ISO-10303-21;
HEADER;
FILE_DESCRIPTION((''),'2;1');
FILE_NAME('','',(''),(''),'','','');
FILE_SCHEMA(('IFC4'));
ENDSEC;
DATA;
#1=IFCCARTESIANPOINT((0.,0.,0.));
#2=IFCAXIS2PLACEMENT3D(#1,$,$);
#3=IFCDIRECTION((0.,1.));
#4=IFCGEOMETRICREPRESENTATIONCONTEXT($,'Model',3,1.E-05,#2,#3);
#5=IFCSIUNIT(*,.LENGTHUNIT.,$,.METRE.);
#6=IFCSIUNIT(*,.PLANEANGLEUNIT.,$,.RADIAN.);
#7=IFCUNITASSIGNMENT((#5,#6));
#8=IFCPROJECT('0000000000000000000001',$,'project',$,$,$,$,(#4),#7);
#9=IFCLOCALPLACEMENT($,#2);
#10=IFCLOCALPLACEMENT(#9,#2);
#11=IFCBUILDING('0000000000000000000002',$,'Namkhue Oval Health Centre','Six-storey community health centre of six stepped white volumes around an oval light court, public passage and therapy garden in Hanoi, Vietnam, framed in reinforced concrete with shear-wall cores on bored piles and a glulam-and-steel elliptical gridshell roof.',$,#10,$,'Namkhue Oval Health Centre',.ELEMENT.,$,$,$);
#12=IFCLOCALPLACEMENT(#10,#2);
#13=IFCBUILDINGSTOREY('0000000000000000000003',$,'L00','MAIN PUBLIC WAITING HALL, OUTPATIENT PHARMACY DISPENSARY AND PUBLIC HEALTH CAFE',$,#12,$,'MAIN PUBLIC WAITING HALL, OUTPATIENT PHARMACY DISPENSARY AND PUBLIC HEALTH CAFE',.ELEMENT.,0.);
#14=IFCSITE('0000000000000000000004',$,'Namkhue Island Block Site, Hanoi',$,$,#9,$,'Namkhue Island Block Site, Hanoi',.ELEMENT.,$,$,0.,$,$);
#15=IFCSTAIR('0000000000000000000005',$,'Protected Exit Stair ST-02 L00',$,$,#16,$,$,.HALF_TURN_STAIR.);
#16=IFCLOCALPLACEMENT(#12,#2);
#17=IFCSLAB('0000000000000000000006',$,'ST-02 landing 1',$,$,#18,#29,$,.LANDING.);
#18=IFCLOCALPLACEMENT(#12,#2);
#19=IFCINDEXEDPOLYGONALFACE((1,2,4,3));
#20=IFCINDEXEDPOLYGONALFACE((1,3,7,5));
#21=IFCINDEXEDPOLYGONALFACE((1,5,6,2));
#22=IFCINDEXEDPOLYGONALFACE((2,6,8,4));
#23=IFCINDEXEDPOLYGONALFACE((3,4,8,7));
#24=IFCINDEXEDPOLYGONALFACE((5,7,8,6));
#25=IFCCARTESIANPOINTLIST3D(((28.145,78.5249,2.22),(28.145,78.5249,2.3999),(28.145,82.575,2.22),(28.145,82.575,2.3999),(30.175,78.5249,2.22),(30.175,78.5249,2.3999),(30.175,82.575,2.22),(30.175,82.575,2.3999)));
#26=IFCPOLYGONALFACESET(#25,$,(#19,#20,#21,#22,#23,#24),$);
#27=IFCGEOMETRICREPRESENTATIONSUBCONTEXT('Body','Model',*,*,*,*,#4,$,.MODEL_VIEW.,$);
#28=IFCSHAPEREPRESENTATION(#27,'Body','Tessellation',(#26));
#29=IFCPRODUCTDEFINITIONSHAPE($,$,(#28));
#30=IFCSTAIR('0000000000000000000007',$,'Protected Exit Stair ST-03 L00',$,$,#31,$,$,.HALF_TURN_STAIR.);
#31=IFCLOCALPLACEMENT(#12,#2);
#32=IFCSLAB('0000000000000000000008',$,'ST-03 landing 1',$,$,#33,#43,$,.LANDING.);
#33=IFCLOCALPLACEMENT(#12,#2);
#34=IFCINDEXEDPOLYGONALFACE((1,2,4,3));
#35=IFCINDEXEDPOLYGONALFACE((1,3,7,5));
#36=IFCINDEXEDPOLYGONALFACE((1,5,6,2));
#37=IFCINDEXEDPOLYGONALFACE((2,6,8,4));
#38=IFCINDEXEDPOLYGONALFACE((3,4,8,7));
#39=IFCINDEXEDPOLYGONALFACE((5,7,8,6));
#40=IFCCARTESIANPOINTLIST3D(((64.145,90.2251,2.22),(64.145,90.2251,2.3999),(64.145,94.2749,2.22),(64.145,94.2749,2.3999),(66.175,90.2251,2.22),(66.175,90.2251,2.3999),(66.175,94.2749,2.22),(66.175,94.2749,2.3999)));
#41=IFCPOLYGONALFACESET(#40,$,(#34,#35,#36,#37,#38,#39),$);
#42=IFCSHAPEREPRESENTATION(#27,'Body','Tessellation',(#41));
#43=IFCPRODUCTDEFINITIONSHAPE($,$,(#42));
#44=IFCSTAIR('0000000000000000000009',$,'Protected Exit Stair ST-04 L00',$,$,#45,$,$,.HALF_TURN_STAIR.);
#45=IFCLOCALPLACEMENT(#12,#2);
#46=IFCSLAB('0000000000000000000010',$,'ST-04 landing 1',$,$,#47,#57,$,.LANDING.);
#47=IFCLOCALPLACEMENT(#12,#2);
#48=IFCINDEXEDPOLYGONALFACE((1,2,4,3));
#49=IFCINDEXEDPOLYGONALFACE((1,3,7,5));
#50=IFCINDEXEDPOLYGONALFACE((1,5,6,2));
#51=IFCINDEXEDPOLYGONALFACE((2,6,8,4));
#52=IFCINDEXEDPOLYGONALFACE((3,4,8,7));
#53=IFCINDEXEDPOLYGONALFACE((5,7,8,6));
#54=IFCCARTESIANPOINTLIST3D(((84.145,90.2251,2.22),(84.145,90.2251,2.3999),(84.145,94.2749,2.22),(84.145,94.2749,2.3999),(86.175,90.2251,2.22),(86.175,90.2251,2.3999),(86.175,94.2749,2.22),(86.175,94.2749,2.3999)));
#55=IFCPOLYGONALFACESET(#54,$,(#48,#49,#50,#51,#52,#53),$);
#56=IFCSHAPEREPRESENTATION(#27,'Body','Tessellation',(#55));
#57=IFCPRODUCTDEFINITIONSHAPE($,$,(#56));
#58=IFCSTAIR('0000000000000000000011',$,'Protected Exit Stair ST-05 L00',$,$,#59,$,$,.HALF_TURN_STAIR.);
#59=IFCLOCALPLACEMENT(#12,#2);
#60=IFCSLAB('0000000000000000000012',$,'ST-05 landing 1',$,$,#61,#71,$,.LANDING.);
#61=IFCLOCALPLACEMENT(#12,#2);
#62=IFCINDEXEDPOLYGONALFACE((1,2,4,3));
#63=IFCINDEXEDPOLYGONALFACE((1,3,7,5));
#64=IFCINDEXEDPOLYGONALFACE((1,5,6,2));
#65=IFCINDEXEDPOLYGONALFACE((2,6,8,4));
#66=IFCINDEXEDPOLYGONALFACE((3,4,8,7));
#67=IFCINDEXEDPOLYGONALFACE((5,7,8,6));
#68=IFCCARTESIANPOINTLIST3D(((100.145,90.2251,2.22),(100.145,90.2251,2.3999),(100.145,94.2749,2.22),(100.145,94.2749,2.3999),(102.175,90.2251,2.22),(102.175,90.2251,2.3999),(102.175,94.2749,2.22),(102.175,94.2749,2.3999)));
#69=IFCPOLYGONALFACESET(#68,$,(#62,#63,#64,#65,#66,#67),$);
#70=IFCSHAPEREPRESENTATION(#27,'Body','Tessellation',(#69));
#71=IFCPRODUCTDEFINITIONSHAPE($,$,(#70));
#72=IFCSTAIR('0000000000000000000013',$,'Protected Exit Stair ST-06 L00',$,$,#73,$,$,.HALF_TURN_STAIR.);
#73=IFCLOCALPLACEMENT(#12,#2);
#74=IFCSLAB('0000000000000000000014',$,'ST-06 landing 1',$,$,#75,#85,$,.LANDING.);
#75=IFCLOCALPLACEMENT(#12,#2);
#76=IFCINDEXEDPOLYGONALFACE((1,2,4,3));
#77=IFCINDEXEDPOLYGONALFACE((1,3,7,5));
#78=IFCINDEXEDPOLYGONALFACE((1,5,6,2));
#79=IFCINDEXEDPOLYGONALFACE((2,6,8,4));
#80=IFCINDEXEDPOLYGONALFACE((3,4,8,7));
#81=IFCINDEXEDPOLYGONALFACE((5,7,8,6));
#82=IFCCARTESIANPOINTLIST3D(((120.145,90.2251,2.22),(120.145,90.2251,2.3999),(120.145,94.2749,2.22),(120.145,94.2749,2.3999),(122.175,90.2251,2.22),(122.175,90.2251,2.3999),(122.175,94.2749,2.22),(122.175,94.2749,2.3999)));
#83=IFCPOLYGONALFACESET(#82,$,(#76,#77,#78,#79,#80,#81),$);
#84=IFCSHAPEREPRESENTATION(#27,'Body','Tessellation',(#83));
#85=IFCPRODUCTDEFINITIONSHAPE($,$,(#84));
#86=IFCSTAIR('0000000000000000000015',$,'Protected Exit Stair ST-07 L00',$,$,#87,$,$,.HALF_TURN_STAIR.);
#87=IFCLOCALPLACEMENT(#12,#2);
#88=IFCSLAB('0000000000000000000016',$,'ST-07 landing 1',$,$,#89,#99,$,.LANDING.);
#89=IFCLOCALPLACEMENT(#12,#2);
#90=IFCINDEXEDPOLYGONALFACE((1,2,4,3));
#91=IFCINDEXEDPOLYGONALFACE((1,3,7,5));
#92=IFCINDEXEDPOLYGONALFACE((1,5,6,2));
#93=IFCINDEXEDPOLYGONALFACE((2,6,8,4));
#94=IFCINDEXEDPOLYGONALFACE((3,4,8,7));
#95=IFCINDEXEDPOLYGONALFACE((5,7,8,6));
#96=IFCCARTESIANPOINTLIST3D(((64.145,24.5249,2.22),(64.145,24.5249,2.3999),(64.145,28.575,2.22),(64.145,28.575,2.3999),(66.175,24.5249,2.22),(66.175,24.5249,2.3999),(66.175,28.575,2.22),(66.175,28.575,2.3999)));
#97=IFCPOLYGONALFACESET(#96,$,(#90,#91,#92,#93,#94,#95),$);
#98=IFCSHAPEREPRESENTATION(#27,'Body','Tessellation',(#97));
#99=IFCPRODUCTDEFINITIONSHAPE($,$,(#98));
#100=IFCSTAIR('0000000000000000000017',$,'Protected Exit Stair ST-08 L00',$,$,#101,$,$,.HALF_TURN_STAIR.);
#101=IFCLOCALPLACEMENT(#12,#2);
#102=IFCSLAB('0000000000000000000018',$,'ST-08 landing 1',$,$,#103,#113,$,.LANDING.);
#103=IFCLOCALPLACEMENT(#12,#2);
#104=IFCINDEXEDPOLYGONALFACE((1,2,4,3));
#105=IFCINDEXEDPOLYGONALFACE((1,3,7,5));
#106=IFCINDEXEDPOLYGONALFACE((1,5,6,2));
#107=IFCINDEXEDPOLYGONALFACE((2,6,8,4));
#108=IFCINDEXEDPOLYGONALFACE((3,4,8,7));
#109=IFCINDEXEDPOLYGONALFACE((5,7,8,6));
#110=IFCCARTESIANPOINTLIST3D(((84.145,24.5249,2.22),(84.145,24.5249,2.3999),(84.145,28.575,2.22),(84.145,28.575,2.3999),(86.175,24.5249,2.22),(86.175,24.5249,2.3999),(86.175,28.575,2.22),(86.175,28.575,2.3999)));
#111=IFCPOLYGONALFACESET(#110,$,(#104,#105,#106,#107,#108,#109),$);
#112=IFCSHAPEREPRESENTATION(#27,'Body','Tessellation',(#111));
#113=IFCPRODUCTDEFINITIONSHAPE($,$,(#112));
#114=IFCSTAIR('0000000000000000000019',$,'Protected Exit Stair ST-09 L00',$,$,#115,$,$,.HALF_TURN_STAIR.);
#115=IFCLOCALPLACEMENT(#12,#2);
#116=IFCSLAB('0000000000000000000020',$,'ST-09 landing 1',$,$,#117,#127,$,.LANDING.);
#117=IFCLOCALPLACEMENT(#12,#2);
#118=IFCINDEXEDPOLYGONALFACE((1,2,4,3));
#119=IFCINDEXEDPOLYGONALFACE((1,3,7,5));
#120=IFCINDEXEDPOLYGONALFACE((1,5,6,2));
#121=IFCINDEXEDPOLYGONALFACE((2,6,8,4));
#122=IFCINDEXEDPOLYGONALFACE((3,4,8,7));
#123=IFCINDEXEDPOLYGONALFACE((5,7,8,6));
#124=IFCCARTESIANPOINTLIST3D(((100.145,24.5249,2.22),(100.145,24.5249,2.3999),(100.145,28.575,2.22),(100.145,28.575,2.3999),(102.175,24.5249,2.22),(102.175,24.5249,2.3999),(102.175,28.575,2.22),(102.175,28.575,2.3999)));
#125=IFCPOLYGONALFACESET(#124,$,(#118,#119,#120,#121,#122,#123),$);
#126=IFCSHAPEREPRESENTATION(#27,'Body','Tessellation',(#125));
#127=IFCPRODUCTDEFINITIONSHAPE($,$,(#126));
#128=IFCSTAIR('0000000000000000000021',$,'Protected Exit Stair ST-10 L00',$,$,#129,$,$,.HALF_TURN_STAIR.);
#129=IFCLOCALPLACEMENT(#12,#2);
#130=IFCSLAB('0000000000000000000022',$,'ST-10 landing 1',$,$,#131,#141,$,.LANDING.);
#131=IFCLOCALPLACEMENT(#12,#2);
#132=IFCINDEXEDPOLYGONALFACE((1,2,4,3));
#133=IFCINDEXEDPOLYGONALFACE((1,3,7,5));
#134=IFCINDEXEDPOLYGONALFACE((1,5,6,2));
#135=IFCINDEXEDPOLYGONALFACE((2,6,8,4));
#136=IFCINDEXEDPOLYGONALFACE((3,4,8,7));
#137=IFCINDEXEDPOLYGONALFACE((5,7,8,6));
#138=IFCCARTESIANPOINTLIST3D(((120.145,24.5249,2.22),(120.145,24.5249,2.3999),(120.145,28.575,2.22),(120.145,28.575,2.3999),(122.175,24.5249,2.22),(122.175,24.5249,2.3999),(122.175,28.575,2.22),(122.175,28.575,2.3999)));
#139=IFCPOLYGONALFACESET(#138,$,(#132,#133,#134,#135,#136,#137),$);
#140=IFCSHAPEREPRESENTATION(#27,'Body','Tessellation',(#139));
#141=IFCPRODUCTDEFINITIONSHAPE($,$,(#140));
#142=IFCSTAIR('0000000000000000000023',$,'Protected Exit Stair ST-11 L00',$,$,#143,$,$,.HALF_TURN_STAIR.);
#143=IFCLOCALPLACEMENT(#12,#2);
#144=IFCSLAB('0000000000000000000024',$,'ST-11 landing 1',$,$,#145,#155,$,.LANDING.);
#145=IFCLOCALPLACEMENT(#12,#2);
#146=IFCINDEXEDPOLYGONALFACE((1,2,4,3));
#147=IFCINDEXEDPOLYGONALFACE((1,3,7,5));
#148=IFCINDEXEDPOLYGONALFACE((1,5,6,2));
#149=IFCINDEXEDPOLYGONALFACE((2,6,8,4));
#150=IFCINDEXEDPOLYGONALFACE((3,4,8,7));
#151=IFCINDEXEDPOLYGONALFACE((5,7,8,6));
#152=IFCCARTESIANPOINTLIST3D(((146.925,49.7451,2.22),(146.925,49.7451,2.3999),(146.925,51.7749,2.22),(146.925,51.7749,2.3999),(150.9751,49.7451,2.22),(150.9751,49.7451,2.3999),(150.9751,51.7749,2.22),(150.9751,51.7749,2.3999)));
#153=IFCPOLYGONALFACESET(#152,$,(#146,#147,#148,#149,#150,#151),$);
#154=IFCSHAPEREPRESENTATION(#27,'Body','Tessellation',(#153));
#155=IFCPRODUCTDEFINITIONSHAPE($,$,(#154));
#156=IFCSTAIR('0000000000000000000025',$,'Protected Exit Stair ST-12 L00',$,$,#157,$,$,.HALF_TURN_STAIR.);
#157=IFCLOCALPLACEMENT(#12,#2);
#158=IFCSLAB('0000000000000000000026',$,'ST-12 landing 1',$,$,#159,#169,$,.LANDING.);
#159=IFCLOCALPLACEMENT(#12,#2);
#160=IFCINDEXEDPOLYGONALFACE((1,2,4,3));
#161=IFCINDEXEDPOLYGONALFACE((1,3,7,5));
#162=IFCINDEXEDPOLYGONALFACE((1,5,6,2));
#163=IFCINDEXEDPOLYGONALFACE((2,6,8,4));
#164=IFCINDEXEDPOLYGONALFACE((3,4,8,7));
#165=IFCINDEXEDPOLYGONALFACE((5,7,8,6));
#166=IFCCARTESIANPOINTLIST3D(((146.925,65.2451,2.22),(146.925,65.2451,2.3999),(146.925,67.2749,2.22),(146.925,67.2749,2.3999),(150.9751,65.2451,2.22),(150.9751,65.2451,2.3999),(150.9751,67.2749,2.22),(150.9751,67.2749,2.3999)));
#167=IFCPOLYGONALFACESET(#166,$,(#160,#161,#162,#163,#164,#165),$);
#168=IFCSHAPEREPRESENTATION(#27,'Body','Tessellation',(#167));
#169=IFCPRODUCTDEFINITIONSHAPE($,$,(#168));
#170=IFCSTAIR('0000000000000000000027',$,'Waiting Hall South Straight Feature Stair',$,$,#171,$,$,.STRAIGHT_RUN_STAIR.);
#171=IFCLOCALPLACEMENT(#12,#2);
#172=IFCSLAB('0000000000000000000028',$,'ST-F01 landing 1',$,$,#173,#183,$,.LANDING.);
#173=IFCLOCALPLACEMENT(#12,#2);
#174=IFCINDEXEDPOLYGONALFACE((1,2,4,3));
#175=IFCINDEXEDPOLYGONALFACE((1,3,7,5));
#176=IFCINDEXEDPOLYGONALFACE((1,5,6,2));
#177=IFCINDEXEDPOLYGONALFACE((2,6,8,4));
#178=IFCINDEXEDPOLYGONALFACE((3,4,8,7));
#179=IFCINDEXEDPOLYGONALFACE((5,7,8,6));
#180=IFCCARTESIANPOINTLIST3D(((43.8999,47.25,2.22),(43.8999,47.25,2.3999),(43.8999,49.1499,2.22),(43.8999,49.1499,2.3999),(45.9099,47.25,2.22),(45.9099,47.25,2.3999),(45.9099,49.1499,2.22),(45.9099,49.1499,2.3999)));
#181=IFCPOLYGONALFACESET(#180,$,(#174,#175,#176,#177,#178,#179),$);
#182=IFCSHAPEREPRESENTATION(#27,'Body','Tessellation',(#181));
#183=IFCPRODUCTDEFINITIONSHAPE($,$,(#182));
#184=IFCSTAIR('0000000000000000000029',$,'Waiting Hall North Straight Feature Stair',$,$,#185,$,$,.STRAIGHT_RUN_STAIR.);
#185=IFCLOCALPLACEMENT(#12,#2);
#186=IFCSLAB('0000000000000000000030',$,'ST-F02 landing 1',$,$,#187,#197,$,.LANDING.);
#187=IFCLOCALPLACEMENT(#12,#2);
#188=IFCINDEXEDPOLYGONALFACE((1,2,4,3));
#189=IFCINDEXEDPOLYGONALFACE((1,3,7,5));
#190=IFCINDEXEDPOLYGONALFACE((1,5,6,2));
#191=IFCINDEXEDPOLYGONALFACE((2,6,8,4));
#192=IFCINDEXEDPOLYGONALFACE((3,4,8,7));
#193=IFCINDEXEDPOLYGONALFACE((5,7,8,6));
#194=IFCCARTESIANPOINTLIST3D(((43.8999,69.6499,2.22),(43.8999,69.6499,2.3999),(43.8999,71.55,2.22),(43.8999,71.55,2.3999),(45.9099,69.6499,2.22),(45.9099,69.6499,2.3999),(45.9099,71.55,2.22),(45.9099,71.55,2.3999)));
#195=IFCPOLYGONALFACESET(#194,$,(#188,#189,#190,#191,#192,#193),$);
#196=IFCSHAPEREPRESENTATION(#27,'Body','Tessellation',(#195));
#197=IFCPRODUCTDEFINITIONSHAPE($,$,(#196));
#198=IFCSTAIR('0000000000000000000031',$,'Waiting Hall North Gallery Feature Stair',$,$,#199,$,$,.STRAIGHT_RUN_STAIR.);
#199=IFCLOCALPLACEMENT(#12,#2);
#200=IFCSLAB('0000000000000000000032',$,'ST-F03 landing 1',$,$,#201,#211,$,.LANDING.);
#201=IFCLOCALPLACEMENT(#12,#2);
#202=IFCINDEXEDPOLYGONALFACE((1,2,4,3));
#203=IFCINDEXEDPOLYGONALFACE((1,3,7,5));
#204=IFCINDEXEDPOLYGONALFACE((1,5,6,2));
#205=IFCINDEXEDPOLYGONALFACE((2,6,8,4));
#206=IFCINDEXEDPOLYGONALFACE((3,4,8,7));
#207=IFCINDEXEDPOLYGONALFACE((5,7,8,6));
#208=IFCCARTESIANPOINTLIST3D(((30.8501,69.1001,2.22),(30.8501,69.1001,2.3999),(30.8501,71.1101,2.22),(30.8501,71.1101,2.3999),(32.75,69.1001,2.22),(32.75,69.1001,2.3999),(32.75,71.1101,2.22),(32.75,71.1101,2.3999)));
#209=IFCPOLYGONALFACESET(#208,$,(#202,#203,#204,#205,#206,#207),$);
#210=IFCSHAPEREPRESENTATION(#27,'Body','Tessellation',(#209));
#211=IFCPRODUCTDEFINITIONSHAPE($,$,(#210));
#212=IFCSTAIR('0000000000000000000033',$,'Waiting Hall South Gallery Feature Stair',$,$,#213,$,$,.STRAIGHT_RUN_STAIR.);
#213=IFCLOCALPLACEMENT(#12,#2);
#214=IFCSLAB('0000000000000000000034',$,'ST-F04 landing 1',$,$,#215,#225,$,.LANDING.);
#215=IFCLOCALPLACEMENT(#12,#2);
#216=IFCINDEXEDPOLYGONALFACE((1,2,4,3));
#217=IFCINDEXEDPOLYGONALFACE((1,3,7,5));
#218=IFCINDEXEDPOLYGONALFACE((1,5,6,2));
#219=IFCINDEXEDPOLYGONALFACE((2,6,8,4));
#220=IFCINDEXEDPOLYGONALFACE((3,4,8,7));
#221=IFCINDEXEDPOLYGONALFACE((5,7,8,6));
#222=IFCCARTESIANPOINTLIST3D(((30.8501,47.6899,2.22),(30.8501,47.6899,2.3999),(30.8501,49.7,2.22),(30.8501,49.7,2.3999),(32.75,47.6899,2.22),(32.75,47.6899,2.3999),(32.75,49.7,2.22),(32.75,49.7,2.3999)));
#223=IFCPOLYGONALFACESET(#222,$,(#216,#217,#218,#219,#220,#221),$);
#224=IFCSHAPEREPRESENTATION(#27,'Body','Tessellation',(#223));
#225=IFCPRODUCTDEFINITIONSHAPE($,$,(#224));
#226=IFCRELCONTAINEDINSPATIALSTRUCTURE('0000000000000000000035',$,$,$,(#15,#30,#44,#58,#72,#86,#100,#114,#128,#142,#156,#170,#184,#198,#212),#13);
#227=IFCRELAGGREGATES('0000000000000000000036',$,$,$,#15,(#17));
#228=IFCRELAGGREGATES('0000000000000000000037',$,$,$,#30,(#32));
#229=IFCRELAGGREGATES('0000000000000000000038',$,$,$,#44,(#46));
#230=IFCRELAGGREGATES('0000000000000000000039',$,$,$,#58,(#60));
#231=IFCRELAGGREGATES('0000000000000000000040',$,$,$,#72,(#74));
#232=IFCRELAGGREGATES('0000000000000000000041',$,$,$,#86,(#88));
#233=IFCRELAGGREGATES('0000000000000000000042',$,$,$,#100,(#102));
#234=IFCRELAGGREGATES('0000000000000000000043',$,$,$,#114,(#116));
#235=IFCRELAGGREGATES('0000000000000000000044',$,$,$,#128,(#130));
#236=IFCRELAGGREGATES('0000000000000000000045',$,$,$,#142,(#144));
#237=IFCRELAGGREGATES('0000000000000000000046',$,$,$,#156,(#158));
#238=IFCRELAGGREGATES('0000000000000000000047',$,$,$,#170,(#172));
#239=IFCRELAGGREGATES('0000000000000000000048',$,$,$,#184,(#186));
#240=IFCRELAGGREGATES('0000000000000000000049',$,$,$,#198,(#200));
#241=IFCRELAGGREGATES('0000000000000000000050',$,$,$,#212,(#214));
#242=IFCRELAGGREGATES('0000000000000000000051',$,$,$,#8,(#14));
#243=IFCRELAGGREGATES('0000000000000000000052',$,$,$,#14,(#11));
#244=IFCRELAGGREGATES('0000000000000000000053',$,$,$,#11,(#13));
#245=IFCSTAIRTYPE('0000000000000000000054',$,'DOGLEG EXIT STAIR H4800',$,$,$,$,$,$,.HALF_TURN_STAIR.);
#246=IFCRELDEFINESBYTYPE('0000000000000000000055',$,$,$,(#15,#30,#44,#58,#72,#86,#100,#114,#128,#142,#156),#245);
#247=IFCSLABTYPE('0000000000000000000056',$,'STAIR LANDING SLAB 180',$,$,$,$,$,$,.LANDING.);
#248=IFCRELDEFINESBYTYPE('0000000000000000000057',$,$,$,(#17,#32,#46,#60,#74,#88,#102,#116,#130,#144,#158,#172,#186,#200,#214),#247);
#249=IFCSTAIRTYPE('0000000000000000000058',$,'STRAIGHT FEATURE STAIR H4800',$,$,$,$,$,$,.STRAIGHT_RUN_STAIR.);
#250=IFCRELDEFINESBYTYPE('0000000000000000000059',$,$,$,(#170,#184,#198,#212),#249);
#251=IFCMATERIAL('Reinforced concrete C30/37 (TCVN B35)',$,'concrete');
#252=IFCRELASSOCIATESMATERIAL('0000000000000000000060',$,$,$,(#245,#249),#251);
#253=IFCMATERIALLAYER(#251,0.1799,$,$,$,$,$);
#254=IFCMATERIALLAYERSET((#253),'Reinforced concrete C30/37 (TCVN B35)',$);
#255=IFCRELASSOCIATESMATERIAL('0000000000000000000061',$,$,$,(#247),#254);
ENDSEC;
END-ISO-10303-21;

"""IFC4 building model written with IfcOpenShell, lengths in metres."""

from ifc_helpers import new_model, si_unit, direction, frame, origin, place, context, subcontext, project, spatial, polyline, outline, extrude, material, layer, layer_set, type_object, element, aggregate, save


model = new_model("IFC4")

# Units and contexts
model_context = context("Model", 3, precision=1e-05, world=origin(), true_north=direction((0.0, 1.0)))
body_context = subcontext(model_context, "Body", "Model", "MODEL_VIEW")
ifc_project = project(units=[si_unit("LENGTHUNIT", "METRE"), si_unit("PLANEANGLEUNIT", "RADIAN")], contexts=[model_context])

# Site, building, storey
site_placement = place(None, origin())
site = spatial("IfcSite", under=ifc_project, at=site_placement, Name="Namkhue Island Block Site, Hanoi", LongName="Namkhue Island Block Site, Hanoi", CompositionType="ELEMENT", RefElevation=0.0)
building_placement = place(site_placement, origin())
building = spatial("IfcBuilding", under=site, at=building_placement, Name="Namkhue Oval Health Centre", Description="Six-storey community health centre of six stepped white volumes around an oval light court, public passage and therapy garden in Hanoi, Vietnam, framed in reinforced concrete with shear-wall cores on bored piles and a glulam-and-steel elliptical gridshell roof.", LongName="Namkhue Oval Health Centre", CompositionType="ELEMENT")
storey_placement = place(building_placement, origin())
storey = spatial("IfcBuildingStorey", under=building, at=storey_placement, Name="L00", Description="MAIN PUBLIC WAITING HALL, OUTPATIENT PHARMACY DISPENSARY AND PUBLIC HEALTH CAFE", LongName="MAIN PUBLIC WAITING HALL, OUTPATIENT PHARMACY DISPENSARY AND PUBLIC HEALTH CAFE", CompositionType="ELEMENT", Elevation=0.0)

# Stairs, slabs
ifc_material_1 = material(Name="Reinforced concrete C30/37 (TCVN B35)", Category="concrete")
stair_type_1 = type_object("IfcStairType", Name="DOGLEG EXIT STAIR H4800", PredefinedType="HALF_TURN_STAIR", material=ifc_material_1)
stair_1_placement = place(storey_placement, origin())
stair_1 = element("IfcStair", 1, at=stair_1_placement, inside=storey, type_object=stair_type_1, Name="Protected Exit Stair ST-02 L00", PredefinedType="HALF_TURN_STAIR")
ifc_layer_1 = layer(ifc_material_1, 0.1799)
ifc_layer_set_1 = layer_set([ifc_layer_1], Name="Reinforced concrete C30/37 (TCVN B35)")
slab_type = type_object("IfcSlabType", Name="STAIR LANDING SLAB 180", PredefinedType="LANDING", material=ifc_layer_set_1)
slab_1_placement = place(storey_placement, frame((0.0, 0.0, 2.22)))
slab_1 = element("IfcSlab", 2, at=slab_1_placement, type_object=slab_type, Name="ST-02 landing 1", PredefinedType="LANDING", context=body_context, shape_type="SweptSolid", body=[
    extrude(outline(polyline([(28.145, 78.5249), (30.175, 78.5249), (30.175, 82.575), (28.145, 82.575), (28.145, 78.5249)])), origin(), (0.0, 0.0, 1.0), 0.1799),
])
aggregate(stair_1, [slab_1])
stair_2_placement = place(storey_placement, origin())
stair_2 = element("IfcStair", 3, at=stair_2_placement, inside=storey, type_object=stair_type_1, Name="Protected Exit Stair ST-03 L00", PredefinedType="HALF_TURN_STAIR")
slab_2_placement = place(storey_placement, frame((0.0, 0.0, 2.22)))
slab_2 = element("IfcSlab", 4, at=slab_2_placement, type_object=slab_type, Name="ST-03 landing 1", PredefinedType="LANDING", context=body_context, shape_type="SweptSolid", body=[
    extrude(outline(polyline([(64.145, 90.2251), (66.175, 90.2251), (66.175, 94.2749), (64.145, 94.2749), (64.145, 90.2251)])), origin(), (0.0, 0.0, 1.0), 0.1799),
])
aggregate(stair_2, [slab_2])
stair_3_placement = place(storey_placement, origin())
stair_3 = element("IfcStair", 5, at=stair_3_placement, inside=storey, type_object=stair_type_1, Name="Protected Exit Stair ST-04 L00", PredefinedType="HALF_TURN_STAIR")
slab_3_placement = place(storey_placement, frame((0.0, 0.0, 2.22)))
slab_3 = element("IfcSlab", 6, at=slab_3_placement, type_object=slab_type, Name="ST-04 landing 1", PredefinedType="LANDING", context=body_context, shape_type="SweptSolid", body=[
    extrude(outline(polyline([(84.145, 90.2251), (86.175, 90.2251), (86.175, 94.2749), (84.145, 94.2749), (84.145, 90.2251)])), origin(), (0.0, 0.0, 1.0), 0.1799),
])
aggregate(stair_3, [slab_3])
stair_4_placement = place(storey_placement, origin())
stair_4 = element("IfcStair", 7, at=stair_4_placement, inside=storey, type_object=stair_type_1, Name="Protected Exit Stair ST-05 L00", PredefinedType="HALF_TURN_STAIR")
slab_4_placement = place(storey_placement, frame((0.0, 0.0, 2.22)))
slab_4 = element("IfcSlab", 8, at=slab_4_placement, type_object=slab_type, Name="ST-05 landing 1", PredefinedType="LANDING", context=body_context, shape_type="SweptSolid", body=[
    extrude(outline(polyline([(100.145, 90.2251), (102.175, 90.2251), (102.175, 94.2749), (100.145, 94.2749), (100.145, 90.2251)])), origin(), (0.0, 0.0, 1.0), 0.1799),
])
aggregate(stair_4, [slab_4])
stair_5_placement = place(storey_placement, origin())
stair_5 = element("IfcStair", 9, at=stair_5_placement, inside=storey, type_object=stair_type_1, Name="Protected Exit Stair ST-06 L00", PredefinedType="HALF_TURN_STAIR")
slab_5_placement = place(storey_placement, frame((0.0, 0.0, 2.22)))
slab_5 = element("IfcSlab", 10, at=slab_5_placement, type_object=slab_type, Name="ST-06 landing 1", PredefinedType="LANDING", context=body_context, shape_type="SweptSolid", body=[
    extrude(outline(polyline([(120.145, 90.2251), (122.175, 90.2251), (122.175, 94.2749), (120.145, 94.2749), (120.145, 90.2251)])), origin(), (0.0, 0.0, 1.0), 0.1799),
])
aggregate(stair_5, [slab_5])
stair_6_placement = place(storey_placement, origin())
stair_6 = element("IfcStair", 11, at=stair_6_placement, inside=storey, type_object=stair_type_1, Name="Protected Exit Stair ST-07 L00", PredefinedType="HALF_TURN_STAIR")
slab_6_placement = place(storey_placement, frame((0.0, 0.0, 2.22)))
slab_6 = element("IfcSlab", 12, at=slab_6_placement, type_object=slab_type, Name="ST-07 landing 1", PredefinedType="LANDING", context=body_context, shape_type="SweptSolid", body=[
    extrude(outline(polyline([(64.145, 24.5249), (66.175, 24.5249), (66.175, 28.575), (64.145, 28.575), (64.145, 24.5249)])), origin(), (0.0, 0.0, 1.0), 0.1799),
])
aggregate(stair_6, [slab_6])
stair_7_placement = place(storey_placement, origin())
stair_7 = element("IfcStair", 13, at=stair_7_placement, inside=storey, type_object=stair_type_1, Name="Protected Exit Stair ST-08 L00", PredefinedType="HALF_TURN_STAIR")
slab_7_placement = place(storey_placement, frame((0.0, 0.0, 2.22)))
slab_7 = element("IfcSlab", 14, at=slab_7_placement, type_object=slab_type, Name="ST-08 landing 1", PredefinedType="LANDING", context=body_context, shape_type="SweptSolid", body=[
    extrude(outline(polyline([(84.145, 24.5249), (86.175, 24.5249), (86.175, 28.575), (84.145, 28.575), (84.145, 24.5249)])), origin(), (0.0, 0.0, 1.0), 0.1799),
])
aggregate(stair_7, [slab_7])
stair_8_placement = place(storey_placement, origin())
stair_8 = element("IfcStair", 15, at=stair_8_placement, inside=storey, type_object=stair_type_1, Name="Protected Exit Stair ST-09 L00", PredefinedType="HALF_TURN_STAIR")
slab_8_placement = place(storey_placement, frame((0.0, 0.0, 2.22)))
slab_8 = element("IfcSlab", 16, at=slab_8_placement, type_object=slab_type, Name="ST-09 landing 1", PredefinedType="LANDING", context=body_context, shape_type="SweptSolid", body=[
    extrude(outline(polyline([(100.145, 24.5249), (102.175, 24.5249), (102.175, 28.575), (100.145, 28.575), (100.145, 24.5249)])), origin(), (0.0, 0.0, 1.0), 0.1799),
])
aggregate(stair_8, [slab_8])
stair_9_placement = place(storey_placement, origin())
stair_9 = element("IfcStair", 17, at=stair_9_placement, inside=storey, type_object=stair_type_1, Name="Protected Exit Stair ST-10 L00", PredefinedType="HALF_TURN_STAIR")
slab_9_placement = place(storey_placement, frame((0.0, 0.0, 2.22)))
slab_9 = element("IfcSlab", 18, at=slab_9_placement, type_object=slab_type, Name="ST-10 landing 1", PredefinedType="LANDING", context=body_context, shape_type="SweptSolid", body=[
    extrude(outline(polyline([(120.145, 24.5249), (122.175, 24.5249), (122.175, 28.575), (120.145, 28.575), (120.145, 24.5249)])), origin(), (0.0, 0.0, 1.0), 0.1799),
])
aggregate(stair_9, [slab_9])
stair_10_placement = place(storey_placement, origin())
stair_10 = element("IfcStair", 19, at=stair_10_placement, inside=storey, type_object=stair_type_1, Name="Protected Exit Stair ST-11 L00", PredefinedType="HALF_TURN_STAIR")
slab_10_placement = place(storey_placement, frame((0.0, 0.0, 2.22)))
slab_10 = element("IfcSlab", 20, at=slab_10_placement, type_object=slab_type, Name="ST-11 landing 1", PredefinedType="LANDING", context=body_context, shape_type="SweptSolid", body=[
    extrude(outline(polyline([(146.925, 49.7451), (150.9751, 49.7451), (150.9751, 51.7749), (146.925, 51.7749), (146.925, 49.7451)])), origin(), (0.0, 0.0, 1.0), 0.1799),
])
aggregate(stair_10, [slab_10])
stair_11_placement = place(storey_placement, origin())
stair_11 = element("IfcStair", 21, at=stair_11_placement, inside=storey, type_object=stair_type_1, Name="Protected Exit Stair ST-12 L00", PredefinedType="HALF_TURN_STAIR")
slab_11_placement = place(storey_placement, frame((0.0, 0.0, 2.22)))
slab_11 = element("IfcSlab", 22, at=slab_11_placement, type_object=slab_type, Name="ST-12 landing 1", PredefinedType="LANDING", context=body_context, shape_type="SweptSolid", body=[
    extrude(outline(polyline([(146.925, 65.2451), (150.9751, 65.2451), (150.9751, 67.2749), (146.925, 67.2749), (146.925, 65.2451)])), origin(), (0.0, 0.0, 1.0), 0.1799),
])
aggregate(stair_11, [slab_11])
stair_type_2 = type_object("IfcStairType", Name="STRAIGHT FEATURE STAIR H4800", PredefinedType="STRAIGHT_RUN_STAIR", material=ifc_material_1)
stair_12_placement = place(storey_placement, origin())
stair_12 = element("IfcStair", 23, at=stair_12_placement, inside=storey, type_object=stair_type_2, Name="Waiting Hall South Straight Feature Stair", PredefinedType="STRAIGHT_RUN_STAIR")
slab_12_placement = place(storey_placement, frame((0.0, 0.0, 2.22)))
slab_12 = element("IfcSlab", 24, at=slab_12_placement, type_object=slab_type, Name="ST-F01 landing 1", PredefinedType="LANDING", context=body_context, shape_type="SweptSolid", body=[
    extrude(outline(polyline([(43.8999, 47.25), (45.9099, 47.25), (45.9099, 49.1499), (43.8999, 49.1499), (43.8999, 47.25)])), origin(), (0.0, 0.0, 1.0), 0.1799),
])
aggregate(stair_12, [slab_12])
stair_13_placement = place(storey_placement, origin())
stair_13 = element("IfcStair", 25, at=stair_13_placement, inside=storey, type_object=stair_type_2, Name="Waiting Hall North Straight Feature Stair", PredefinedType="STRAIGHT_RUN_STAIR")
slab_13_placement = place(storey_placement, frame((0.0, 0.0, 2.22)))
slab_13 = element("IfcSlab", 26, at=slab_13_placement, type_object=slab_type, Name="ST-F02 landing 1", PredefinedType="LANDING", context=body_context, shape_type="SweptSolid", body=[
    extrude(outline(polyline([(43.8999, 69.6499), (45.9099, 69.6499), (45.9099, 71.55), (43.8999, 71.55), (43.8999, 69.6499)])), origin(), (0.0, 0.0, 1.0), 0.1799),
])
aggregate(stair_13, [slab_13])
stair_14_placement = place(storey_placement, origin())
stair_14 = element("IfcStair", 27, at=stair_14_placement, inside=storey, type_object=stair_type_2, Name="Waiting Hall North Gallery Feature Stair", PredefinedType="STRAIGHT_RUN_STAIR")
slab_14_placement = place(storey_placement, frame((0.0, 0.0, 2.22)))
slab_14 = element("IfcSlab", 28, at=slab_14_placement, type_object=slab_type, Name="ST-F03 landing 1", PredefinedType="LANDING", context=body_context, shape_type="SweptSolid", body=[
    extrude(outline(polyline([(32.75, 69.1001), (32.75, 71.1101), (30.8501, 71.1101), (30.8501, 69.1001), (32.75, 69.1001)])), origin(), (0.0, 0.0, 1.0), 0.1799),
])
aggregate(stair_14, [slab_14])
stair_15_placement = place(storey_placement, origin())
stair_15 = element("IfcStair", 29, at=stair_15_placement, inside=storey, type_object=stair_type_2, Name="Waiting Hall South Gallery Feature Stair", PredefinedType="STRAIGHT_RUN_STAIR")
slab_15_placement = place(storey_placement, frame((0.0, 0.0, 2.22)))
slab_15 = element("IfcSlab", 30, at=slab_15_placement, type_object=slab_type, Name="ST-F04 landing 1", PredefinedType="LANDING", context=body_context, shape_type="SweptSolid", body=[
    extrude(outline(polyline([(30.8501, 49.7), (30.8501, 47.6899), (32.75, 47.6899), (32.75, 49.7), (30.8501, 49.7)])), origin(), (0.0, 0.0, 1.0), 0.1799),
])
aggregate(stair_15, [slab_15])

save(model, "model.ifc")
